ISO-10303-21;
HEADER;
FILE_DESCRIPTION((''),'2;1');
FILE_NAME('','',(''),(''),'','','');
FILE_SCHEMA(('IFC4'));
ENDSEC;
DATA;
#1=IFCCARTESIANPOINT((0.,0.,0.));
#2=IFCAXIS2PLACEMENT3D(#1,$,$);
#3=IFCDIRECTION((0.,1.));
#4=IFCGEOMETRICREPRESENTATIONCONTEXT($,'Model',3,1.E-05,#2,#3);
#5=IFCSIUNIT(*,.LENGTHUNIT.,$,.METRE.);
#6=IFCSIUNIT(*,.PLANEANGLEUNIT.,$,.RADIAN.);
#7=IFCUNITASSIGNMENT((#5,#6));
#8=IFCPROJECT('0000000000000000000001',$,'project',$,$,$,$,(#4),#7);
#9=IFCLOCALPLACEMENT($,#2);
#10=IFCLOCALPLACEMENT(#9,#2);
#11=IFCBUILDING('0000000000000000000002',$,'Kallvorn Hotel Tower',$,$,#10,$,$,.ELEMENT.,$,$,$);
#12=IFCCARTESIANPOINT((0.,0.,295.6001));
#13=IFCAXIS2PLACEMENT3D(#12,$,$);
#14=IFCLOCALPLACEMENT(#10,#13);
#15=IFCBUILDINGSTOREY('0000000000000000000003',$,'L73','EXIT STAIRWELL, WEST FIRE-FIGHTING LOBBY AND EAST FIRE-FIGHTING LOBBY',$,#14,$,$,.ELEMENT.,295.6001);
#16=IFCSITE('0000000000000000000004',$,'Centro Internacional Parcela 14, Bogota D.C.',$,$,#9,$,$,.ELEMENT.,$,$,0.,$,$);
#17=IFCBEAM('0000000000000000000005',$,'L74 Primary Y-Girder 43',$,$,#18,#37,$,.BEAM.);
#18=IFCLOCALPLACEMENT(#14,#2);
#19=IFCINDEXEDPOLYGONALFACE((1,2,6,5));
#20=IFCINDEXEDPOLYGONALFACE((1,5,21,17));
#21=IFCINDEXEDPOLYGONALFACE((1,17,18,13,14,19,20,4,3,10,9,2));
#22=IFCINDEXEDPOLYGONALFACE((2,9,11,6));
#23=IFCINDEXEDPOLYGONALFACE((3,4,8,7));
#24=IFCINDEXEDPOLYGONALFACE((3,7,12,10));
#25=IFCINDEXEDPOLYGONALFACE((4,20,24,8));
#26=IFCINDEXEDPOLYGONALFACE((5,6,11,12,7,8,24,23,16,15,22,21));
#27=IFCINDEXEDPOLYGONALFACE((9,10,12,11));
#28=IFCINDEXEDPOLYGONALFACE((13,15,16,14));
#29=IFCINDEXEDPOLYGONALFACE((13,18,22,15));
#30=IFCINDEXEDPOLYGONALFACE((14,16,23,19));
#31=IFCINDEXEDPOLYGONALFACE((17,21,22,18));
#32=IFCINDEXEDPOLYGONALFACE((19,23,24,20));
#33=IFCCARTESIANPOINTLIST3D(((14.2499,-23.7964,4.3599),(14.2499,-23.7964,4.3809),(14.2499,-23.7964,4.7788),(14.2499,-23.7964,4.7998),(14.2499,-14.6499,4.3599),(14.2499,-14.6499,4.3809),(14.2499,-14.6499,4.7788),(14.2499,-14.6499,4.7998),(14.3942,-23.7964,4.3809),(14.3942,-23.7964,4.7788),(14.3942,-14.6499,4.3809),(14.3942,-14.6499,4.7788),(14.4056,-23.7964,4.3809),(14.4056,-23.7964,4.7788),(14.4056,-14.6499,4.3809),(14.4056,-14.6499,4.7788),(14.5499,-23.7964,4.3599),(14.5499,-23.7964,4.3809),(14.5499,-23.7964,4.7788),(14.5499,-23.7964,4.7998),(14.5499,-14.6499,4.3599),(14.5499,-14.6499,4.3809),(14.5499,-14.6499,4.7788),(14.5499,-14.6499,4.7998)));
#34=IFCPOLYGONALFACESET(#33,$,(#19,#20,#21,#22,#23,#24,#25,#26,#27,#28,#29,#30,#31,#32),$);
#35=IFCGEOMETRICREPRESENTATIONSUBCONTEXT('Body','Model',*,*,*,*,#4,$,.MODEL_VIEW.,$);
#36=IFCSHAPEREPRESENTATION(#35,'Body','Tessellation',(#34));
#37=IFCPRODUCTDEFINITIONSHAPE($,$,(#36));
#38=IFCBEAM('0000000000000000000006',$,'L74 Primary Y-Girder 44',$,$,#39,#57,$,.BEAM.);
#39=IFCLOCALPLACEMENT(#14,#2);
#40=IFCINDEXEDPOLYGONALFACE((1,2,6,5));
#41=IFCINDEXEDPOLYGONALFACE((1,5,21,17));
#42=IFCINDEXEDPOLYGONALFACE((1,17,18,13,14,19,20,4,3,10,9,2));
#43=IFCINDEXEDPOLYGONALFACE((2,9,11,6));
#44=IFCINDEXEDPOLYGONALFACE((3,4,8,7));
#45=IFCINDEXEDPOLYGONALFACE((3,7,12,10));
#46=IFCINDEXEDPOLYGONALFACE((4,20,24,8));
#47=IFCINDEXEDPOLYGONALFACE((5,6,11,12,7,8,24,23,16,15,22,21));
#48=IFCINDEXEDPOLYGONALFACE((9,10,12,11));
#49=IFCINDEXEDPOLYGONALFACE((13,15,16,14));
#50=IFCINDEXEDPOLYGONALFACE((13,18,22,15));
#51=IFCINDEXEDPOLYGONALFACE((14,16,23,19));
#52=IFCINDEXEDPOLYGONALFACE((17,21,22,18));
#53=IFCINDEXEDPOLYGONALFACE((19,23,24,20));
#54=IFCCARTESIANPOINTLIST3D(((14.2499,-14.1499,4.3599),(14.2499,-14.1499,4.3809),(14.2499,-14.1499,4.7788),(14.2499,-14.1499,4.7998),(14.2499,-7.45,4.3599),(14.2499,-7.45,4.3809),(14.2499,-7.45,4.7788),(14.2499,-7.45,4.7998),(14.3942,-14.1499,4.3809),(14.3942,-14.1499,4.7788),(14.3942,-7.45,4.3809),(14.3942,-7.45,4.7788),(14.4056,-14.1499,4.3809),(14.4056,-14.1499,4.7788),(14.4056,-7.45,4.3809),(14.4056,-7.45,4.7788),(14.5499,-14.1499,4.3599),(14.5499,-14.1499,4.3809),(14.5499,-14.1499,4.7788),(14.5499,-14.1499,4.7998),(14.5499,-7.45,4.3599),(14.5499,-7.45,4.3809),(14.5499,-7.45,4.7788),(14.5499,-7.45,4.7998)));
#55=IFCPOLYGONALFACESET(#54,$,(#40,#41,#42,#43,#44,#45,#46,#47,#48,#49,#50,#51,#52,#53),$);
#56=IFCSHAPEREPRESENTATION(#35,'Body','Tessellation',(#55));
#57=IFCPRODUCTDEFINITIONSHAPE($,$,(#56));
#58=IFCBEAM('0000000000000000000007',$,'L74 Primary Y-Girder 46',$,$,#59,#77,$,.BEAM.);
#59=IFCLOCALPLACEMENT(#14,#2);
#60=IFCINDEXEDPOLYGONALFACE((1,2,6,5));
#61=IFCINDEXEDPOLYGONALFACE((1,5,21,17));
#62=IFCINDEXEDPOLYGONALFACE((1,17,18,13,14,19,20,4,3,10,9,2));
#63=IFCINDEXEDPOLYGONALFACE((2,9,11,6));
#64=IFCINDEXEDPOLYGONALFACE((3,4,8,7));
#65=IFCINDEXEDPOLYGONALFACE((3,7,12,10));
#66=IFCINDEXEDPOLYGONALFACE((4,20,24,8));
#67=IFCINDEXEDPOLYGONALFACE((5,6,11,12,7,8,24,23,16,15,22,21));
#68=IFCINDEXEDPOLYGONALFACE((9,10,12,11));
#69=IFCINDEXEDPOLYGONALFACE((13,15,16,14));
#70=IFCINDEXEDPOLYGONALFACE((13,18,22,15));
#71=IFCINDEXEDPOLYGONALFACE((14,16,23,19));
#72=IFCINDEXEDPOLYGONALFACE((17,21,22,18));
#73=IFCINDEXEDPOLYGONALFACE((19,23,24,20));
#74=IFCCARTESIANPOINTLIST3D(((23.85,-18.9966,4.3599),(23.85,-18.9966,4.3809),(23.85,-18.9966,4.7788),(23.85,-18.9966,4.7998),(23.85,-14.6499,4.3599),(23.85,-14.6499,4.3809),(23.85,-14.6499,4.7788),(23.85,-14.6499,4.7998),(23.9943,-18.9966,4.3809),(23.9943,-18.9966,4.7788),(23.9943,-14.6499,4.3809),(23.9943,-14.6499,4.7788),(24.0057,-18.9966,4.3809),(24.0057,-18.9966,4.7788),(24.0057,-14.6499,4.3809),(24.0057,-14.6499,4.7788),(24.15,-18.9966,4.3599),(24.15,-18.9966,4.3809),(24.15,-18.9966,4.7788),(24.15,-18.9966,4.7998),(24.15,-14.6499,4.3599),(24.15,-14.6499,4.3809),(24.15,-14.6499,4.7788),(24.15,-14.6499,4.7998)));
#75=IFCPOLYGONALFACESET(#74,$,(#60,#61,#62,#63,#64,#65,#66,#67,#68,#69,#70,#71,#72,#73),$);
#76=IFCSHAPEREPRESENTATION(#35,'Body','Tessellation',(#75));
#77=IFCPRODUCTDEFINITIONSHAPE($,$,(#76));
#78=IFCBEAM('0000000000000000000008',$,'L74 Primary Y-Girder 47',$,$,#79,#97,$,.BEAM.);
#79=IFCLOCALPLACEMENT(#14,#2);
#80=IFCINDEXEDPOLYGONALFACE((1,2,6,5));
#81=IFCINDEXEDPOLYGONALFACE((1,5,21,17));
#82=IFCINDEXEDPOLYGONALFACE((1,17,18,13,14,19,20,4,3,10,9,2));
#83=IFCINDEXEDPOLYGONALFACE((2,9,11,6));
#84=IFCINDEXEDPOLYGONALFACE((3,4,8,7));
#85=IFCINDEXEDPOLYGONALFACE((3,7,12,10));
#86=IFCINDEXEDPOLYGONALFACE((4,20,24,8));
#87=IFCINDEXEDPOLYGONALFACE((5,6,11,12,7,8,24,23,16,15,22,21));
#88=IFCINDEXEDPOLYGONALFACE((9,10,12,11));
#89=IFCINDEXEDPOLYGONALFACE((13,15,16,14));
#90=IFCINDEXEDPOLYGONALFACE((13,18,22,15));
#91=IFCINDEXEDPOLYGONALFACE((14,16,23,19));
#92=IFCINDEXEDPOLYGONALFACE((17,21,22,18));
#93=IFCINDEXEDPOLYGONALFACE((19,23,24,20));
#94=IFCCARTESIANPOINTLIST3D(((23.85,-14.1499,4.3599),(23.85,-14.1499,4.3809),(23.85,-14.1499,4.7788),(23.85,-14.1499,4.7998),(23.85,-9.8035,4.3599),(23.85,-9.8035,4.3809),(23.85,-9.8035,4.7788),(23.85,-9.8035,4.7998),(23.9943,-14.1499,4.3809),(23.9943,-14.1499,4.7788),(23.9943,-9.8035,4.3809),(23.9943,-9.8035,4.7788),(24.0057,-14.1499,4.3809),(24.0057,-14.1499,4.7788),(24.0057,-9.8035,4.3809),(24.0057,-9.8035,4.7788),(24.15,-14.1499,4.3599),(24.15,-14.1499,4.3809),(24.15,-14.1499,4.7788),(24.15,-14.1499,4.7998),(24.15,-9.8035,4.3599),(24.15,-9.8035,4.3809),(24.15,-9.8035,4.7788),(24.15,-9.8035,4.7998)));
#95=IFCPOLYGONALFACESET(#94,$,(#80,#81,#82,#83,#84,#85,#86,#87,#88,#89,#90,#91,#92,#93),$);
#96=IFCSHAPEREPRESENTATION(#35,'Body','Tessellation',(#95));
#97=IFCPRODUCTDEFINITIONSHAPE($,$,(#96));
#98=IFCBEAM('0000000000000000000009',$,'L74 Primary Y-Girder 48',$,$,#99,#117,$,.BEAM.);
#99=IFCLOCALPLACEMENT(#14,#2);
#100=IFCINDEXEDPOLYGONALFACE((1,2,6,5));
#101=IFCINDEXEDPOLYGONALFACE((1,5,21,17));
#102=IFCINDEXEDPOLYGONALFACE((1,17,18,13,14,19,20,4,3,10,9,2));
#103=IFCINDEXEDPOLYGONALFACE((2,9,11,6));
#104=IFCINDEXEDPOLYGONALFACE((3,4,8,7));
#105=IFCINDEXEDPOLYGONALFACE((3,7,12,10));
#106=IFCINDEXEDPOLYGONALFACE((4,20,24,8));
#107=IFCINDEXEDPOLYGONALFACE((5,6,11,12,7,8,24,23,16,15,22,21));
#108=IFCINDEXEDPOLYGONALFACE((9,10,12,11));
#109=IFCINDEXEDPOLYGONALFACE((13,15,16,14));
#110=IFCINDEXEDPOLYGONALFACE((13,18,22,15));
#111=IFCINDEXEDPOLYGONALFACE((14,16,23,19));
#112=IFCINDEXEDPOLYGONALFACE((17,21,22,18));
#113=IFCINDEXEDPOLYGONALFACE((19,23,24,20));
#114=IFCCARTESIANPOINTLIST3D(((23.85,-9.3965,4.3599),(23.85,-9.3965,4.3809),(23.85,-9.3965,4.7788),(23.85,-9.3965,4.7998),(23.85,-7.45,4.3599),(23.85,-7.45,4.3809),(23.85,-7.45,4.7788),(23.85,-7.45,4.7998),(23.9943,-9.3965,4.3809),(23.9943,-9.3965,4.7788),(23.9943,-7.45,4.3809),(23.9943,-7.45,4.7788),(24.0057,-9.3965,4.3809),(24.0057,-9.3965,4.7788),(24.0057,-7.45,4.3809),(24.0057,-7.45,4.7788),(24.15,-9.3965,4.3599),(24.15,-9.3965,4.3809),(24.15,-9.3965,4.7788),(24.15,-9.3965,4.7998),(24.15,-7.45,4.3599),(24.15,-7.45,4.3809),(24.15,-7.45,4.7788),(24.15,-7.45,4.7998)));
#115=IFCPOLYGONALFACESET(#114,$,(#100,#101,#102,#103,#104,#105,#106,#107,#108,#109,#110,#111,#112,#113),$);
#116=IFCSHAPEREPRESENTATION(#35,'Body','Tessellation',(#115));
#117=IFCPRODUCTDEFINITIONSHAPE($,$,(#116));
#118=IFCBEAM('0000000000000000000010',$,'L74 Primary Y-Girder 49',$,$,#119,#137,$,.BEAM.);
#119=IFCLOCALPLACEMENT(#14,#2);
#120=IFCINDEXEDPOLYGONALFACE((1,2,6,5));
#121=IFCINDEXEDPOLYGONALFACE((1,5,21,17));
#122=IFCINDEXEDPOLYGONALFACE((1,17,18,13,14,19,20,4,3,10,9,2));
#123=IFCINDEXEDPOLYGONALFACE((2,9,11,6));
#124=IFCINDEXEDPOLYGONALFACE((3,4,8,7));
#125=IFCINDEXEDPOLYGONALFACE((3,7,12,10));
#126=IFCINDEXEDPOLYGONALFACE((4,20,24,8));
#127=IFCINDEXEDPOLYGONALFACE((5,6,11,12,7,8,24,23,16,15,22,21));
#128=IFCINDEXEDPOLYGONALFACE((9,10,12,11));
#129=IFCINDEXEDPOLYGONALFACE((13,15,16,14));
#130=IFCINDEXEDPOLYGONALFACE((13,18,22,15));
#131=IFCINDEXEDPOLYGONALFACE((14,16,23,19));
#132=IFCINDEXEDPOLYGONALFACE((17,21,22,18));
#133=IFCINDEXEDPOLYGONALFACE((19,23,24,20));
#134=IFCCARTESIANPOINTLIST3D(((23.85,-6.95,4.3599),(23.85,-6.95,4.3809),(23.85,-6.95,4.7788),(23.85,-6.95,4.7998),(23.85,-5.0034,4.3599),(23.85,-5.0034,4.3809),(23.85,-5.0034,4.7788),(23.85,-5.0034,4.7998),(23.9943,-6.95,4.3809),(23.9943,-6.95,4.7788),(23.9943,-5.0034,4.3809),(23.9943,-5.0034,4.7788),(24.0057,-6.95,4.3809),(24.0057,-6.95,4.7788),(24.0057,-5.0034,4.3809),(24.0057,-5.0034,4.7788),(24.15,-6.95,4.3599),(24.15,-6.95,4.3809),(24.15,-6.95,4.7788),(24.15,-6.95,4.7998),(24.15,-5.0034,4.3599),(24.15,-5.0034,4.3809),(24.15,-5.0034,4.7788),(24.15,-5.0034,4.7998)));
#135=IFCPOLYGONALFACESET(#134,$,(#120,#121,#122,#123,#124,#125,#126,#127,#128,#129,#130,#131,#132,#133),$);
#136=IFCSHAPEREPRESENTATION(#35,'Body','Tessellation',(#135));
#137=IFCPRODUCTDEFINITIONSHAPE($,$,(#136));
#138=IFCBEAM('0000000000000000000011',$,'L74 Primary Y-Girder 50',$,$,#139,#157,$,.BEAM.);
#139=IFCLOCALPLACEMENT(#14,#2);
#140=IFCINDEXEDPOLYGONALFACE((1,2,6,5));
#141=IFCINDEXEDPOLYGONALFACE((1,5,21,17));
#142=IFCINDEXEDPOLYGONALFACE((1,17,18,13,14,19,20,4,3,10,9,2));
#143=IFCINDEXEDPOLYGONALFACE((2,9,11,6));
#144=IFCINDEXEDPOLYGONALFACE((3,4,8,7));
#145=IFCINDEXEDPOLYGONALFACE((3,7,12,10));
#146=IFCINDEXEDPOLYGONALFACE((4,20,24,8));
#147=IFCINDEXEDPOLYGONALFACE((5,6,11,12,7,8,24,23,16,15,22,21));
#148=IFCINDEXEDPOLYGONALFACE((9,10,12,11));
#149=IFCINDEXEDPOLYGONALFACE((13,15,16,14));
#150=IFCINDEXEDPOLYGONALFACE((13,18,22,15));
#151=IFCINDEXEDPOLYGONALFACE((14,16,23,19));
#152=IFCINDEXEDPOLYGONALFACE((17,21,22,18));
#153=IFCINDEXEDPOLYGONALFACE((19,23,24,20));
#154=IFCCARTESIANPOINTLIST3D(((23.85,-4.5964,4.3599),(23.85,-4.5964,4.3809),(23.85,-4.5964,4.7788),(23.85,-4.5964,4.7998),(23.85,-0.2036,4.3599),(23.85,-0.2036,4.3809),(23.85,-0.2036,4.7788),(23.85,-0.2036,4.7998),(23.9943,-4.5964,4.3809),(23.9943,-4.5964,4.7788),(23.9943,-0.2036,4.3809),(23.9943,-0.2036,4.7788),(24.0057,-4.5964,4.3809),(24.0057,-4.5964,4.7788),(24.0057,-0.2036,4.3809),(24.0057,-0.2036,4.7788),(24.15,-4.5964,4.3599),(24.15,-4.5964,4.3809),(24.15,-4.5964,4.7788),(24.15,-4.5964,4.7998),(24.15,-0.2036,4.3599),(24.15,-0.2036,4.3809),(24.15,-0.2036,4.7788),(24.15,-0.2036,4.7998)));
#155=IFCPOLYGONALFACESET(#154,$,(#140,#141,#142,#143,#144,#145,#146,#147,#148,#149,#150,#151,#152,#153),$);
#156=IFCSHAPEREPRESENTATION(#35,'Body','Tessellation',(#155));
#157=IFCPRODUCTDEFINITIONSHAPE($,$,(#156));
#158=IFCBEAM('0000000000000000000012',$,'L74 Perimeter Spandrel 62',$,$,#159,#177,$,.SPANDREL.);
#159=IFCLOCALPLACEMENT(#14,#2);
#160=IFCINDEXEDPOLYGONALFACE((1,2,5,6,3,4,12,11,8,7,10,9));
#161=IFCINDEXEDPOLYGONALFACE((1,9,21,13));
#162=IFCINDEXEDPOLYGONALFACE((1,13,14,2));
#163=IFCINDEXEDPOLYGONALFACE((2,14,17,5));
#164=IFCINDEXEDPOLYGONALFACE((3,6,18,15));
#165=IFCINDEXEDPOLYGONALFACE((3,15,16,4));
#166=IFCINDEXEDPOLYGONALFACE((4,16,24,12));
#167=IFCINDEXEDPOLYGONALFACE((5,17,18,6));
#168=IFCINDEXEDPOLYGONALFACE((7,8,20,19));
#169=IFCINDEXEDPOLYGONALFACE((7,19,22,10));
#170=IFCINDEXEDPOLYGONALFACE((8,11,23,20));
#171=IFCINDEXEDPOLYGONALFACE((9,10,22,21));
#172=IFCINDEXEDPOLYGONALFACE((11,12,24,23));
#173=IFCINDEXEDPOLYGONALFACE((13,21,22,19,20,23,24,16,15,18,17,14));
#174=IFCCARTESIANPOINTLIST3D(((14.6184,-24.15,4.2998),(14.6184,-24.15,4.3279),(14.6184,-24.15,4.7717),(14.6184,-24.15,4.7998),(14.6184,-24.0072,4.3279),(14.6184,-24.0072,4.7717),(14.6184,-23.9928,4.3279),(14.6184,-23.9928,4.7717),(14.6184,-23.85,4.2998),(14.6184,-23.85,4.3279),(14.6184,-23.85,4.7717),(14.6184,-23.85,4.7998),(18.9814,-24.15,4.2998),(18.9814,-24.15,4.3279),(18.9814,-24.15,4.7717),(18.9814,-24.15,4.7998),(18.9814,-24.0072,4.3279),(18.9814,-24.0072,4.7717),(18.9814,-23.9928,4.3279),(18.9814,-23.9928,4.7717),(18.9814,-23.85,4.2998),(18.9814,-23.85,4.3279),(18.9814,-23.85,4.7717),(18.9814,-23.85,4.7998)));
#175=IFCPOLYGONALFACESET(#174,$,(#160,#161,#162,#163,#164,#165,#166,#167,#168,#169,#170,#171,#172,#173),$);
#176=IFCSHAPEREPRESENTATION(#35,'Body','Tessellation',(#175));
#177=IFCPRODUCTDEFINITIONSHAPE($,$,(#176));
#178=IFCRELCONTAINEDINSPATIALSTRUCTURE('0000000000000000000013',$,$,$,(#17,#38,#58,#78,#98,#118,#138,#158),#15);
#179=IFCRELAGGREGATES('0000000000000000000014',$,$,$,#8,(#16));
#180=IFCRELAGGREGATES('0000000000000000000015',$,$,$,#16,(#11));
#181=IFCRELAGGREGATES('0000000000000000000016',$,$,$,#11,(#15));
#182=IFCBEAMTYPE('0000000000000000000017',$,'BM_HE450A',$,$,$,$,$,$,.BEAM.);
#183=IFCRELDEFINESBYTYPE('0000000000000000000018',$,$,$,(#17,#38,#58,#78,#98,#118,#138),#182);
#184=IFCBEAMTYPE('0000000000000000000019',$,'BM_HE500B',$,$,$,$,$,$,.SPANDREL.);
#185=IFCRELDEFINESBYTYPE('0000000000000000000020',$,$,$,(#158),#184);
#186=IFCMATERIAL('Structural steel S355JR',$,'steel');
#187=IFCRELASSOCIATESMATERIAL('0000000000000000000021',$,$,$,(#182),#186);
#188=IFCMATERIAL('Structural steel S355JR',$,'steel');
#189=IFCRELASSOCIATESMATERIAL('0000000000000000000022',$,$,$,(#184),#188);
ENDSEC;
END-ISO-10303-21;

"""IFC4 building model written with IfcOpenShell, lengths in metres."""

from ifc_helpers import new_model, si_unit, direction, frame, origin, origin_2d, place, context, subcontext, project, spatial, i_section, extrude, material, material_profile, profile_set, type_object, element, save


model = new_model("IFC4")

# Units and contexts
model_context = context("Model", 3, precision=1e-05, world=origin(), true_north=direction((0.0, 1.0)))
body_context = subcontext(model_context, "Body", "Model", "MODEL_VIEW")
ifc_project = project(units=[si_unit("LENGTHUNIT", "METRE"), si_unit("PLANEANGLEUNIT", "RADIAN")], contexts=[model_context])

# Site, building, storey
site_placement = place(None, origin())
site = spatial("IfcSite", under=ifc_project, at=site_placement, Name="Centro Internacional Parcela 14, Bogota D.C.", CompositionType="ELEMENT", RefElevation=0.0)
building_placement = place(site_placement, origin())
building = spatial("IfcBuilding", under=site, at=building_placement, Name="Kallvorn Hotel Tower", CompositionType="ELEMENT")
storey_placement = place(building_placement, frame((0.0, 0.0, 295.6001)))
storey = spatial("IfcBuildingStorey", under=building, at=storey_placement, Name="L73", Description="EXIT STAIRWELL, WEST FIRE-FIGHTING LOBBY AND EAST FIRE-FIGHTING LOBBY", CompositionType="ELEMENT", Elevation=295.6001)

# Beams
ifc_material_1 = material(Name="Structural steel S355JR", Category="steel")
ifc_material_profile_1 = material_profile(ifc_material_1, i_section(OverallWidth=0.3, OverallDepth=0.4399, WebThickness=0.0115, FlangeThickness=0.021, at=origin_2d()), Name="HE 450 A")
ifc_profile_set_1 = profile_set([ifc_material_profile_1], Name="Structural steel S355JR")
beam_type_1 = type_object("IfcBeamType", Name="BM_HE450A", PredefinedType="BEAM", material=ifc_profile_set_1)
beam_1_placement = place(storey_placement, frame((14.3999, -23.7964, 4.5798), z_axis=(0.0, 1.0, 0.0), x_axis=(-1.0, 0.0, 0.0)))
element("IfcBeam", 1, at=beam_1_placement, inside=storey, type_object=beam_type_1, Name="L74 Primary Y-Girder 43", PredefinedType="BEAM", context=body_context, shape_type="SweptSolid", body=[
    extrude(i_section(OverallWidth=0.3, OverallDepth=0.4399, WebThickness=0.0115, FlangeThickness=0.021, at=origin_2d()), origin(), (0.0, 0.0, 1.0), 9.1465),
])
beam_2_placement = place(storey_placement, frame((14.3999, -14.1499, 4.5798), z_axis=(0.0, 1.0, 0.0), x_axis=(-1.0, 0.0, 0.0)))
element("IfcBeam", 2, at=beam_2_placement, inside=storey, type_object=beam_type_1, Name="L74 Primary Y-Girder 44", PredefinedType="BEAM", context=body_context, shape_type="SweptSolid", body=[
    extrude(i_section(OverallWidth=0.3, OverallDepth=0.4399, WebThickness=0.0115, FlangeThickness=0.021, at=origin_2d()), origin(), (0.0, 0.0, 1.0), 6.7),
])
beam_3_placement = place(storey_placement, frame((24.0, -18.9966, 4.5798), z_axis=(0.0, 1.0, 0.0), x_axis=(-1.0, 0.0, 0.0)))
element("IfcBeam", 3, at=beam_3_placement, inside=storey, type_object=beam_type_1, Name="L74 Primary Y-Girder 46", PredefinedType="BEAM", context=body_context, shape_type="SweptSolid", body=[
    extrude(i_section(OverallWidth=0.3, OverallDepth=0.4399, WebThickness=0.0115, FlangeThickness=0.021, at=origin_2d()), origin(), (0.0, 0.0, 1.0), 4.3467),
])
beam_4_placement = place(storey_placement, frame((24.0, -14.1499, 4.5798), z_axis=(0.0, 1.0, 0.0), x_axis=(-1.0, 0.0, 0.0)))
element("IfcBeam", 4, at=beam_4_placement, inside=storey, type_object=beam_type_1, Name="L74 Primary Y-Girder 47", PredefinedType="BEAM", context=body_context, shape_type="SweptSolid", body=[
    extrude(i_section(OverallWidth=0.3, OverallDepth=0.4399, WebThickness=0.0115, FlangeThickness=0.021, at=origin_2d()), origin(), (0.0, 0.0, 1.0), 4.3464),
])
for number, where, z_axis, x_axis, name in (
    (5, (24.0, -9.3965, 4.5798), (0.0, 1.0, 0.0), (-1.0, 0.0, 0.0), "L74 Primary Y-Girder 48"),
    (6, (24.0, -6.95, 4.5798), (0.0, 1.0, 0.0), (-1.0, 0.0, 0.0), "L74 Primary Y-Girder 49"),
):
    element("IfcBeam", number, at=place(storey_placement, frame(where, z_axis=z_axis, x_axis=x_axis)), inside=storey, type_object=beam_type_1, Name=name, PredefinedType="BEAM", context=body_context, shape_type="SweptSolid", body=[
        extrude(i_section(OverallWidth=0.3, OverallDepth=0.4399, WebThickness=0.0115, FlangeThickness=0.021, at=origin_2d()), origin(), (0.0, 0.0, 1.0), 1.9465),
    ])
beam_5_placement = place(storey_placement, frame((24.0, -4.5964, 4.5798), z_axis=(0.0, 1.0, 0.0), x_axis=(-1.0, 0.0, 0.0)))
element("IfcBeam", 7, at=beam_5_placement, inside=storey, type_object=beam_type_1, Name="L74 Primary Y-Girder 50", PredefinedType="BEAM", context=body_context, shape_type="SweptSolid", body=[
    extrude(i_section(OverallWidth=0.3, OverallDepth=0.4399, WebThickness=0.0115, FlangeThickness=0.021, at=origin_2d()), origin(), (0.0, 0.0, 1.0), 4.3928),
])
ifc_material_2 = material(Name="Structural steel S355JR", Category="steel")
ifc_material_profile_2 = material_profile(ifc_material_2, i_section(OverallWidth=0.3, OverallDepth=0.5, WebThickness=0.0144, FlangeThickness=0.0281, at=origin_2d()), Name="HE 500 B")
ifc_profile_set_2 = profile_set([ifc_material_profile_2], Name="Structural steel S355JR")
beam_type_2 = type_object("IfcBeamType", Name="BM_HE500B", PredefinedType="SPANDREL", material=ifc_profile_set_2)
beam_6_placement = place(storey_placement, frame((14.6184, -24.0, 4.5498), z_axis=(1.0, 0.0, 0.0), x_axis=(0.0, 1.0, 0.0)))
element("IfcBeam", 8, at=beam_6_placement, inside=storey, type_object=beam_type_2, Name="L74 Perimeter Spandrel 62", PredefinedType="SPANDREL", context=body_context, shape_type="SweptSolid", body=[
    extrude(i_section(OverallWidth=0.3, OverallDepth=0.5, WebThickness=0.0144, FlangeThickness=0.0281, at=origin_2d()), origin(), (0.0, 0.0, 1.0), 4.363),
])

save(model, "model.ifc")
